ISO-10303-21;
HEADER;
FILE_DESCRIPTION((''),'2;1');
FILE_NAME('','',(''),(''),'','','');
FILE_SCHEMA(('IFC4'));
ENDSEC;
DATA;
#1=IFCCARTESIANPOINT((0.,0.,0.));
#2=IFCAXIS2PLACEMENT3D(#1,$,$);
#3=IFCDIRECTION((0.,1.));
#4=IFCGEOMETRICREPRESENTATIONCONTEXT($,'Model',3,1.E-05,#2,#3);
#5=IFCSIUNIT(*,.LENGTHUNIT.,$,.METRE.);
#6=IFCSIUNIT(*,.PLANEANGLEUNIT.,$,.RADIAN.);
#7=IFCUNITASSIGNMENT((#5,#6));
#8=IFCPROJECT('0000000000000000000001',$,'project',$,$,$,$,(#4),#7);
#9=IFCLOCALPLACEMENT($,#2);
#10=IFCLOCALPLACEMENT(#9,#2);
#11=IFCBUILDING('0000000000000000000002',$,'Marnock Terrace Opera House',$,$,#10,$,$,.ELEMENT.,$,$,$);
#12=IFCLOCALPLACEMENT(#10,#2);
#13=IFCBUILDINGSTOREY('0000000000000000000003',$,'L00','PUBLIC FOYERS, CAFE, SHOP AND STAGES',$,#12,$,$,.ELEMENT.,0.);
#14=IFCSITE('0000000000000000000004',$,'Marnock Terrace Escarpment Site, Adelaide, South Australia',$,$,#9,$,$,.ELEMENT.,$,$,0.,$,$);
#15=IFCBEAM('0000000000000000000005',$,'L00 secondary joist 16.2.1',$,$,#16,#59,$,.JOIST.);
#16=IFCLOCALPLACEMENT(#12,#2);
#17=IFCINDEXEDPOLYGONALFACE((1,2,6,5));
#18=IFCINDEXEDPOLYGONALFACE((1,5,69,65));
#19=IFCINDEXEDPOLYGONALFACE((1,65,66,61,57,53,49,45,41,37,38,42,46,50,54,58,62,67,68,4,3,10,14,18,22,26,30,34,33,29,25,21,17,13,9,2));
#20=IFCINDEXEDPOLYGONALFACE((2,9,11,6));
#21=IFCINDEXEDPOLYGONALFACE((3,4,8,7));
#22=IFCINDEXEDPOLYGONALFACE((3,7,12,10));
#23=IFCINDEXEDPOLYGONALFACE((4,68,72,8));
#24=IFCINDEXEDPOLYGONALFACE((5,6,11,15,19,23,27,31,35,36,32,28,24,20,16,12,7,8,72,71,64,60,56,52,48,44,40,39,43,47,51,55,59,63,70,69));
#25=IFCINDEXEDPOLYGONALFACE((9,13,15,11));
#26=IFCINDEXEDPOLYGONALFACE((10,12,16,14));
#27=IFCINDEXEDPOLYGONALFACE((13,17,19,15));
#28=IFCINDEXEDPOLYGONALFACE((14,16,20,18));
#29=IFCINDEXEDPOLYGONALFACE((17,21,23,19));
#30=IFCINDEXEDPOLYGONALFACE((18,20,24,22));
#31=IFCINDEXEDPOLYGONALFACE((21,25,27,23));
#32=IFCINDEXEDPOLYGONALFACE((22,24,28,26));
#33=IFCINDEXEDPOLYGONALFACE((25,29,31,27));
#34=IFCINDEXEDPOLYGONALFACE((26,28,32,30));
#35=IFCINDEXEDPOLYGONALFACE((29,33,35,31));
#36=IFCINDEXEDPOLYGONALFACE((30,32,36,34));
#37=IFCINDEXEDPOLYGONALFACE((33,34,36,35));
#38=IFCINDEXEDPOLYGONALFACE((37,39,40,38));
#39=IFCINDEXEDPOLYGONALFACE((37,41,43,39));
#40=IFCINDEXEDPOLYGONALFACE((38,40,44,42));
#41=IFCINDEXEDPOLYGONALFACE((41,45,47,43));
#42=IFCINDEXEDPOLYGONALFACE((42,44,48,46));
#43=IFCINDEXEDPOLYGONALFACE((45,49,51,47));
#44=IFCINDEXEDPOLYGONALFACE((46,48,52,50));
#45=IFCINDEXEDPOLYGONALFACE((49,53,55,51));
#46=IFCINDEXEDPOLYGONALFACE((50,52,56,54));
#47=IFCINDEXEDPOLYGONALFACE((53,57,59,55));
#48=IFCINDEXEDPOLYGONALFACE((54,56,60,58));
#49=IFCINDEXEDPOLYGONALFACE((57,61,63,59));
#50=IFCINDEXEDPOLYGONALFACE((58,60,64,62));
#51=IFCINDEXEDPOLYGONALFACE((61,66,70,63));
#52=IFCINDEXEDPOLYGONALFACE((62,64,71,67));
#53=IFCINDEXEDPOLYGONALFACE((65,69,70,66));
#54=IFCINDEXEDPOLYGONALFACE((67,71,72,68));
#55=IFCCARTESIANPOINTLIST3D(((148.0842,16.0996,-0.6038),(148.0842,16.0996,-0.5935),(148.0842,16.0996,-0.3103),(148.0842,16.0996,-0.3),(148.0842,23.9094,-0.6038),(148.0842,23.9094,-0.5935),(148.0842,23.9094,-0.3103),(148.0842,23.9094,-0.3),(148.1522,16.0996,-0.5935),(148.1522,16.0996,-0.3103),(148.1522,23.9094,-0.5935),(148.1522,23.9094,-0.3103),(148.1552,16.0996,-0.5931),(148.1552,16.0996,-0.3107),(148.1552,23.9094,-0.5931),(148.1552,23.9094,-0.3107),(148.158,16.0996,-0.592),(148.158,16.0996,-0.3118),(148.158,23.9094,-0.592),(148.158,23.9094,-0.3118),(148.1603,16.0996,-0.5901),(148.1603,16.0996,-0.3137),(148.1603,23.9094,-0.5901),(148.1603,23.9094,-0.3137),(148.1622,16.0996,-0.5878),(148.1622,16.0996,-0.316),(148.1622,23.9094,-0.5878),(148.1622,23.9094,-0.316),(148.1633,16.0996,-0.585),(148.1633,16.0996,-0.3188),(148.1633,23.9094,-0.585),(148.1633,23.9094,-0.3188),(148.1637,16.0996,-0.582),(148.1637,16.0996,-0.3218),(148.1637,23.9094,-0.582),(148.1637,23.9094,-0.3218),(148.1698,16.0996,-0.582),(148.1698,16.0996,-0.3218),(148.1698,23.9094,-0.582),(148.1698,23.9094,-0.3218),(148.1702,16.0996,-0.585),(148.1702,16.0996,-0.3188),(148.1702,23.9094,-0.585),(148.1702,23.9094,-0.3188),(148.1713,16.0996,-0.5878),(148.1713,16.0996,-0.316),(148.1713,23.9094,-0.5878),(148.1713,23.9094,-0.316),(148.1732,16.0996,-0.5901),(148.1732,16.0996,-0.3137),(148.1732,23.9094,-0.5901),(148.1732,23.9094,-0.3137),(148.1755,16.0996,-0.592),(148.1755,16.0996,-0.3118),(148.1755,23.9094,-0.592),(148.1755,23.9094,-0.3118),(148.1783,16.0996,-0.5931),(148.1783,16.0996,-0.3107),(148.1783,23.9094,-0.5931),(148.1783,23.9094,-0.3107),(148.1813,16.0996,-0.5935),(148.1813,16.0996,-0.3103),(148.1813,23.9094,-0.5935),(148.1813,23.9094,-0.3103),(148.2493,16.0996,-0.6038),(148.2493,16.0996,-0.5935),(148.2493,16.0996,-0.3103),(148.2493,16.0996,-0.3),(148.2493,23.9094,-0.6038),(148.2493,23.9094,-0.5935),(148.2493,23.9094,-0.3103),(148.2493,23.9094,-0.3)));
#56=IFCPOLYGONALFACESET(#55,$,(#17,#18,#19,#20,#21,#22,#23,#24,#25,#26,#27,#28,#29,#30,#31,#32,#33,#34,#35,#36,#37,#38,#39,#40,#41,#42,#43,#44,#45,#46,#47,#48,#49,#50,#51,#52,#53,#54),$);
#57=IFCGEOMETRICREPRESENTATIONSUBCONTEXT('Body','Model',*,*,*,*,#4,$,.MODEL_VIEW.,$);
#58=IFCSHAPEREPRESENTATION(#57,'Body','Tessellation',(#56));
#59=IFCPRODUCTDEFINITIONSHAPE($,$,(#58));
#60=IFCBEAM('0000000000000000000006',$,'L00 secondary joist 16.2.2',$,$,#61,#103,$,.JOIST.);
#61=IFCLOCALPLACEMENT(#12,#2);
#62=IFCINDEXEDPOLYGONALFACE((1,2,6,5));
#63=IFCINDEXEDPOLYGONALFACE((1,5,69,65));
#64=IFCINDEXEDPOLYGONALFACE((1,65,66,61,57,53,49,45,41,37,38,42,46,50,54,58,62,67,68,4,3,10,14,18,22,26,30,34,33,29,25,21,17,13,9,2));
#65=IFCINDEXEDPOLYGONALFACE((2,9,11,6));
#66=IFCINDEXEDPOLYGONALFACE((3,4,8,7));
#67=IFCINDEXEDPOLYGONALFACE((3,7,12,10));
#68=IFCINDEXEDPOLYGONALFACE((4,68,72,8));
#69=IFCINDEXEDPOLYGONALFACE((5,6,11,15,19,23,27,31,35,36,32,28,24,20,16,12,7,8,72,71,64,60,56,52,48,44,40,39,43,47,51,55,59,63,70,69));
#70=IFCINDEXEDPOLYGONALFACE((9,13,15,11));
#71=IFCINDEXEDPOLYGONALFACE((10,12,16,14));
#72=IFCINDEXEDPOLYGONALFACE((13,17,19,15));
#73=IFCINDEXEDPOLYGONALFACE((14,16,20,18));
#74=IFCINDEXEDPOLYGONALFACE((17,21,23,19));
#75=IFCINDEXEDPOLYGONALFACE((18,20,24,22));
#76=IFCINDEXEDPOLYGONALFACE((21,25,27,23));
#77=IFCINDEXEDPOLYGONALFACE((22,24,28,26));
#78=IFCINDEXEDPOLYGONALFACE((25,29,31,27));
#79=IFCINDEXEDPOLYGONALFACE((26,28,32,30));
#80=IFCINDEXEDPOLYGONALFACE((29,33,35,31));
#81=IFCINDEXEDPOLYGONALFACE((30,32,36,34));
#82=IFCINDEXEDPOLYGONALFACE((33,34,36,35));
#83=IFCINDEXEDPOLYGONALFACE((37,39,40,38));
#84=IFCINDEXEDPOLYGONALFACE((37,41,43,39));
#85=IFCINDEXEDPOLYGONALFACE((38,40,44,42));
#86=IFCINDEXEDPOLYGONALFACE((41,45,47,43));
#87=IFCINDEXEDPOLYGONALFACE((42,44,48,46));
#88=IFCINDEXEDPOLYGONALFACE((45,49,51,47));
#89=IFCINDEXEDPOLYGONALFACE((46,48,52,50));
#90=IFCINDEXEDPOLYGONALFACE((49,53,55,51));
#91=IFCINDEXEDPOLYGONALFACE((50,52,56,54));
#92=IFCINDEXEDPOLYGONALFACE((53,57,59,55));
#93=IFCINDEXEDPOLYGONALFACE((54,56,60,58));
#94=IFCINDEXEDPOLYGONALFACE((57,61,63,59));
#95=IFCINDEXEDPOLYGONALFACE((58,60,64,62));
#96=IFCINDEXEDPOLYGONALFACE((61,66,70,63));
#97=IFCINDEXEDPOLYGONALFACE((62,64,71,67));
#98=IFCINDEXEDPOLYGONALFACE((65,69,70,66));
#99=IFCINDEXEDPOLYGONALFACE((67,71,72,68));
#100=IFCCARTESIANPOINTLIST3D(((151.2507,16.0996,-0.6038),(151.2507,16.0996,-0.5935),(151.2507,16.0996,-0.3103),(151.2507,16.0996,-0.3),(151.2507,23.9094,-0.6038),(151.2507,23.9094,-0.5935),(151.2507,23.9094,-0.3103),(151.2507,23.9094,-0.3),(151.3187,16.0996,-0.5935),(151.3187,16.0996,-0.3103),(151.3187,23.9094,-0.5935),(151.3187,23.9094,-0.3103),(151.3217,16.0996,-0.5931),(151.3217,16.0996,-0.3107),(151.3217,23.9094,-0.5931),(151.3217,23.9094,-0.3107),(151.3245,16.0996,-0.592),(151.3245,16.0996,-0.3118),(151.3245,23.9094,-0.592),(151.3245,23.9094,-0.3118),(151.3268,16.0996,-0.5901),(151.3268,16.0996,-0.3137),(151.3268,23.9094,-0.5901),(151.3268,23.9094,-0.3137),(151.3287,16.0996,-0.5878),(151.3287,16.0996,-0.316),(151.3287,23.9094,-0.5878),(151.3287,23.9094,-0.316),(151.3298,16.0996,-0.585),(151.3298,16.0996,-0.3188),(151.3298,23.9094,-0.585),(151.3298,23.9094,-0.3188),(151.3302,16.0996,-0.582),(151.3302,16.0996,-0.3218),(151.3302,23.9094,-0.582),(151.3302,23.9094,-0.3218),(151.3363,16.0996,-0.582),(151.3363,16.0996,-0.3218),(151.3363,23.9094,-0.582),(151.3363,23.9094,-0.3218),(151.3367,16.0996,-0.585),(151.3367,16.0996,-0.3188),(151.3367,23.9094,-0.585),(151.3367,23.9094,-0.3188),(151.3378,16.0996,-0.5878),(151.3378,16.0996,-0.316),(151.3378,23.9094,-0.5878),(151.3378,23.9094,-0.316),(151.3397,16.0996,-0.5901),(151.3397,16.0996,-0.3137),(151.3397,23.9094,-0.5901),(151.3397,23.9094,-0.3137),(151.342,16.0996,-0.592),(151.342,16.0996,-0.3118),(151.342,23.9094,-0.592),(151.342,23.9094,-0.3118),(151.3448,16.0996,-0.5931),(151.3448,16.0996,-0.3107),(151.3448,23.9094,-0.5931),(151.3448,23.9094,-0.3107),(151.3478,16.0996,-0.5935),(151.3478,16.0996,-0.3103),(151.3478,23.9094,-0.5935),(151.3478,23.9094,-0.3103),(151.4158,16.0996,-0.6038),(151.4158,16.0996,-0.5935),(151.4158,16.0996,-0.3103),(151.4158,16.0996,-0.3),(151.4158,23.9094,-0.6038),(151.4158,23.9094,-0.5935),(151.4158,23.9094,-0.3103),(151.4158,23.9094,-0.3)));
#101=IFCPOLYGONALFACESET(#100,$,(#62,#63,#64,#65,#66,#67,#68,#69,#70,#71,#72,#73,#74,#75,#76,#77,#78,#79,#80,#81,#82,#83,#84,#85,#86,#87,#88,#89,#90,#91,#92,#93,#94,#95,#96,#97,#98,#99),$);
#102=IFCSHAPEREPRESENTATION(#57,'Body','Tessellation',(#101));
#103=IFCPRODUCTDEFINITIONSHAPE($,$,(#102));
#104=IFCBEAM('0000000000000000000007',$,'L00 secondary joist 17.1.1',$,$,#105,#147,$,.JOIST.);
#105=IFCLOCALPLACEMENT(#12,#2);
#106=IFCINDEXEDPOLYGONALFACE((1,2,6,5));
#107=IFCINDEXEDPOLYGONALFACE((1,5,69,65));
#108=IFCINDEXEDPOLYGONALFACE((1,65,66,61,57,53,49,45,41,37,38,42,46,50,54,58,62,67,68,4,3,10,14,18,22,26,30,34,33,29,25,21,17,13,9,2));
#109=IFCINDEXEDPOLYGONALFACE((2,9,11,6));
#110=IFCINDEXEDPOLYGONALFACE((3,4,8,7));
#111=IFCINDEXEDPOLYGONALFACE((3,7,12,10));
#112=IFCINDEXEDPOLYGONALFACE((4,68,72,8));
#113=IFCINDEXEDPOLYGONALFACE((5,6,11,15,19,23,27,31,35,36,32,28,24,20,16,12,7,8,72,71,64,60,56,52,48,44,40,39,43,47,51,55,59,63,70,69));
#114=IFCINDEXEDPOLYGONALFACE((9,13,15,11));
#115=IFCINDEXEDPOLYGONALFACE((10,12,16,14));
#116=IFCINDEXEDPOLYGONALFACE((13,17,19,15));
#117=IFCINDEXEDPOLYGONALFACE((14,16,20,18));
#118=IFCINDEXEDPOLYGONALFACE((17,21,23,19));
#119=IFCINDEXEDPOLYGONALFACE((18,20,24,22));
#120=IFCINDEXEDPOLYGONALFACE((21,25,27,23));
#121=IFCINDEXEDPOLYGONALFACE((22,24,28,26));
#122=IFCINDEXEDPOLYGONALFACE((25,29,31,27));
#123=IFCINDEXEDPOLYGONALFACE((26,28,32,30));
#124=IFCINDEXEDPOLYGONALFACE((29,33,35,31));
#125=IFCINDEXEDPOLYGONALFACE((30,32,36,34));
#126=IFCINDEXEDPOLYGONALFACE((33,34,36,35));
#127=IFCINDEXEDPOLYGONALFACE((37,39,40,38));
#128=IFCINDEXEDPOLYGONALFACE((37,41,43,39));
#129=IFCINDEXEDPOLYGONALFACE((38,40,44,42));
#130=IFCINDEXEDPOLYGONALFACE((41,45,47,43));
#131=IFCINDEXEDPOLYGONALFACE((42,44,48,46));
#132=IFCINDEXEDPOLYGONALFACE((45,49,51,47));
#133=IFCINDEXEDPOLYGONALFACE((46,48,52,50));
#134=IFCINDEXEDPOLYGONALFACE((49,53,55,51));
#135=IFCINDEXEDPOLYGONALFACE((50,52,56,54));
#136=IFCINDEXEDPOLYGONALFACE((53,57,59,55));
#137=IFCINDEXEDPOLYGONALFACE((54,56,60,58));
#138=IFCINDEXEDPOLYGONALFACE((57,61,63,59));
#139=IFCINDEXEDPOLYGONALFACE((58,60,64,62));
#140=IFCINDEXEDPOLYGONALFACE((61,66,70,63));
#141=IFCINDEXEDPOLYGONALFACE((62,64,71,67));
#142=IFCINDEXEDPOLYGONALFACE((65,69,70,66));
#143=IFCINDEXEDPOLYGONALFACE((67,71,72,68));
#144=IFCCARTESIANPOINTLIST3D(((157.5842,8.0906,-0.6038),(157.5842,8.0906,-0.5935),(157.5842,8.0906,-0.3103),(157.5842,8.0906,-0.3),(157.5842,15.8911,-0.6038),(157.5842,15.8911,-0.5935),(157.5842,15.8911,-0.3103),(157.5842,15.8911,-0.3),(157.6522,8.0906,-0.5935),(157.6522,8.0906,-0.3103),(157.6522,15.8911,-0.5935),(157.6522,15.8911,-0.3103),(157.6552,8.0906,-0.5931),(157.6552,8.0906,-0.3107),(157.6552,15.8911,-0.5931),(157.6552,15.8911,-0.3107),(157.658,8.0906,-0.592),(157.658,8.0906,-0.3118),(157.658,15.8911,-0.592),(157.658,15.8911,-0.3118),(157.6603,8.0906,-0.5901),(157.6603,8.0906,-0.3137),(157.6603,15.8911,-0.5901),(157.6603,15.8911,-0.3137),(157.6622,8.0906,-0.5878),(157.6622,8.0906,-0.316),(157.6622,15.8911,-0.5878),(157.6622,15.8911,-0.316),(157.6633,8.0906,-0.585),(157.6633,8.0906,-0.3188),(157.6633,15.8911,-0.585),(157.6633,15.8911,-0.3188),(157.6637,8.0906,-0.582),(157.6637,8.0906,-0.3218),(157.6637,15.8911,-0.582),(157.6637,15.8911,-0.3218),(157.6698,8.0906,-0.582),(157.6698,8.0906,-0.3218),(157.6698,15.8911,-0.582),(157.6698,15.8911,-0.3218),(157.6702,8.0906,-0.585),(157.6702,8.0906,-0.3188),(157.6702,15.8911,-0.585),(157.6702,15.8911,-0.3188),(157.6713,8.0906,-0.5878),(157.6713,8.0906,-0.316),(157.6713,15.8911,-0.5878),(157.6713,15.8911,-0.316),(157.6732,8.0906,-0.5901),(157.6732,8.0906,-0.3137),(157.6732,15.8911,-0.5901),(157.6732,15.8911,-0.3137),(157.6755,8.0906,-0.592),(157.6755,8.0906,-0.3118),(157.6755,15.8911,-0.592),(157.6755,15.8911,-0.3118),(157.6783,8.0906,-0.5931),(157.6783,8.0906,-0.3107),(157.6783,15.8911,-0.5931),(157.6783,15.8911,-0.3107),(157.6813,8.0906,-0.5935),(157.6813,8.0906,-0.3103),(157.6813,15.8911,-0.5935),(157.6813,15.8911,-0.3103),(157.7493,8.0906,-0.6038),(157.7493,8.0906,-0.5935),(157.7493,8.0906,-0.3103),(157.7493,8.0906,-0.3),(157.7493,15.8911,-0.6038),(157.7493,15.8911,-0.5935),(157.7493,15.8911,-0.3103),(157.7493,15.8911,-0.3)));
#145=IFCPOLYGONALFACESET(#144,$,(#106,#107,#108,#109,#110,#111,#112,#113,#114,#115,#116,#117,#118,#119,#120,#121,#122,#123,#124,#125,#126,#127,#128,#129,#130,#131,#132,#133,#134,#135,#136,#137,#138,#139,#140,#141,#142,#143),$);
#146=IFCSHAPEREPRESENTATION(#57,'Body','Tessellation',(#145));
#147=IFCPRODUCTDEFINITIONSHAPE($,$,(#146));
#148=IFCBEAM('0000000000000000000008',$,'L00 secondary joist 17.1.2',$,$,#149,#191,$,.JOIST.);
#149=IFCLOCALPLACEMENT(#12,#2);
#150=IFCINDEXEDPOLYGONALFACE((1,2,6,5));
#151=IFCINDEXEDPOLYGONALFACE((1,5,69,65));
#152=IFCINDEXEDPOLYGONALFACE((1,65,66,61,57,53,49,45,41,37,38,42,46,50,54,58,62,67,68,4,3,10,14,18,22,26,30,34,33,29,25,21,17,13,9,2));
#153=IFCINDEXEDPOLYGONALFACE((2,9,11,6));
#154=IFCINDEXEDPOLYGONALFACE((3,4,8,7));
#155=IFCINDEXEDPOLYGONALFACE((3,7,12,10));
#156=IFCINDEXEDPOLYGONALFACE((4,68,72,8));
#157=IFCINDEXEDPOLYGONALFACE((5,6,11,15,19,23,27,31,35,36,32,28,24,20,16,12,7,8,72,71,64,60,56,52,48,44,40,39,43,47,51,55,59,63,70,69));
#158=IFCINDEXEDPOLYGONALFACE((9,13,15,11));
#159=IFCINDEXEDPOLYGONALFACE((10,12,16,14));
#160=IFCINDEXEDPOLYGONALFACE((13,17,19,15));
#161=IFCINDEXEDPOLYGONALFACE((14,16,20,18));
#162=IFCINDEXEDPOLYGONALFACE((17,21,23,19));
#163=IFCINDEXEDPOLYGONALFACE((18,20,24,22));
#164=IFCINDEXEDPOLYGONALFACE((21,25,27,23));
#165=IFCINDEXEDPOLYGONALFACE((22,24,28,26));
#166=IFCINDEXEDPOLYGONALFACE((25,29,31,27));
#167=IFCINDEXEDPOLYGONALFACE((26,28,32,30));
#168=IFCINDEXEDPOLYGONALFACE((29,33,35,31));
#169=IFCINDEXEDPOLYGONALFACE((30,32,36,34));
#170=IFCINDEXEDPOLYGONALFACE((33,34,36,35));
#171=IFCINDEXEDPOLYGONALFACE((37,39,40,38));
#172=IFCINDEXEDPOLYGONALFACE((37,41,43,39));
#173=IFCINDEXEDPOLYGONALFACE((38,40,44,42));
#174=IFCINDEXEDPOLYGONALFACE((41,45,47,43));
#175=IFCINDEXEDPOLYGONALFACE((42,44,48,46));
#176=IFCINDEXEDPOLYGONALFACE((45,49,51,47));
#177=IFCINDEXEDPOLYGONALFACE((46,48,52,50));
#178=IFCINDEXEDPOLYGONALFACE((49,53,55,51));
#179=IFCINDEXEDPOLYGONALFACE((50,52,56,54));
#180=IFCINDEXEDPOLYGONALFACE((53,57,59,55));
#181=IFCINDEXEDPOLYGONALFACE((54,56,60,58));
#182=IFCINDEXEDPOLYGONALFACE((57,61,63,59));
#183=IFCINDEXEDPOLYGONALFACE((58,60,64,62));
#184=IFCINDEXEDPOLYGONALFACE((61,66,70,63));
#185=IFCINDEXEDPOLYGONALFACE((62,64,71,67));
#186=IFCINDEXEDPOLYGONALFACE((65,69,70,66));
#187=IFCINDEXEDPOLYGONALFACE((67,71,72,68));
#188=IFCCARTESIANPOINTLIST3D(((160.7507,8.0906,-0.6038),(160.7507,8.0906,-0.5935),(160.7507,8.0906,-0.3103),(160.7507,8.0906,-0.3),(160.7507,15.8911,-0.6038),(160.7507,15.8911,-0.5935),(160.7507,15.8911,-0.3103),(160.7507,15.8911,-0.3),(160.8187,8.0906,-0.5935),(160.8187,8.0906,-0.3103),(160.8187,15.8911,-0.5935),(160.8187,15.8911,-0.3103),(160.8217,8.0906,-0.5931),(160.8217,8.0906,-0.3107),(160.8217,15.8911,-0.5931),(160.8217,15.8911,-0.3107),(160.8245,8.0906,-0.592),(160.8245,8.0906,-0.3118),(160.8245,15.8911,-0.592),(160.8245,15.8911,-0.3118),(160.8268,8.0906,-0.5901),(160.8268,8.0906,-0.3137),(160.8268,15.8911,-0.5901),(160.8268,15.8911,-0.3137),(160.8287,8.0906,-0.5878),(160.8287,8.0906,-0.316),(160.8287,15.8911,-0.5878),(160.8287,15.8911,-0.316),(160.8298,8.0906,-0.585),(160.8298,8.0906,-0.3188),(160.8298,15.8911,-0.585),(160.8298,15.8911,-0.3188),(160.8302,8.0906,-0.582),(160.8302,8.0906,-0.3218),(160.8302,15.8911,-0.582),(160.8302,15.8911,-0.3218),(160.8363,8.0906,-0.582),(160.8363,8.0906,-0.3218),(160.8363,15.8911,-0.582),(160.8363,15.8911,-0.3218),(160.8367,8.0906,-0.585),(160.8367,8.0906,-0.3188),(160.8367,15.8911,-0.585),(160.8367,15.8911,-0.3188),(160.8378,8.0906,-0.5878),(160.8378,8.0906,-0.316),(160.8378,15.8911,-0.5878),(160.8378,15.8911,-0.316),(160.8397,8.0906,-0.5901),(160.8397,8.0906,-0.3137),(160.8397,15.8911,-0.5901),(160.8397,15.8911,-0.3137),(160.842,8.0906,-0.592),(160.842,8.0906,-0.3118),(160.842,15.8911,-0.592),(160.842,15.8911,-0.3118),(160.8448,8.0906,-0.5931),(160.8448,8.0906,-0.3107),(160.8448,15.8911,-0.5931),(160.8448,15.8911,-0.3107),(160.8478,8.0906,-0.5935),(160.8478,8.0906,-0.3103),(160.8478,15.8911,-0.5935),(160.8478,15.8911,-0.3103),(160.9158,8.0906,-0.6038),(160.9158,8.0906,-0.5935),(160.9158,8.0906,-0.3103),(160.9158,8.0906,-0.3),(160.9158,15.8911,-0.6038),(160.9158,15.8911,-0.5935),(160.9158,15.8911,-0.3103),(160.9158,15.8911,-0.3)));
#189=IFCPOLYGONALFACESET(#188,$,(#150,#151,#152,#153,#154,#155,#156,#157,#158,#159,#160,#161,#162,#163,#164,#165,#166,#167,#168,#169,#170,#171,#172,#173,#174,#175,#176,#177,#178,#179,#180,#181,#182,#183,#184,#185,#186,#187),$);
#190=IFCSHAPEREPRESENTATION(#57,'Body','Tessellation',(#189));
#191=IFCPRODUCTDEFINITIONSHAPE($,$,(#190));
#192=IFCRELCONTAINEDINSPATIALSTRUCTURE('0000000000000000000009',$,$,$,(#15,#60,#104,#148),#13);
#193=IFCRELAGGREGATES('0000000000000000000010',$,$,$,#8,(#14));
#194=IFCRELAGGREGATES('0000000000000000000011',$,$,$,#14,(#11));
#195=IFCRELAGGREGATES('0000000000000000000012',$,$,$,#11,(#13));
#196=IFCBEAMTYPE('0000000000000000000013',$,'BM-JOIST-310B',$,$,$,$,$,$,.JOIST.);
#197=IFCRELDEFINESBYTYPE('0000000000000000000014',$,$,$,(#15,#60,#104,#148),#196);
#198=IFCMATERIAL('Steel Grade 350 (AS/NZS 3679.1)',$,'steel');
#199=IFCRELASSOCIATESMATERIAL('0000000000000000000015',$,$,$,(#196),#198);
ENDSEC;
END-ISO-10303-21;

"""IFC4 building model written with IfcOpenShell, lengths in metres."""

from ifc_helpers import new_model, si_unit, direction, frame, origin, origin_2d, place, context, subcontext, project, spatial, i_section, extrude, material, material_profile, profile_set, type_object, element, save


model = new_model("IFC4")

# Units and contexts
model_context = context("Model", 3, precision=1e-05, world=origin(), true_north=direction((0.0, 1.0)))
body_context = subcontext(model_context, "Body", "Model", "MODEL_VIEW")
ifc_project = project(units=[si_unit("LENGTHUNIT", "METRE"), si_unit("PLANEANGLEUNIT", "RADIAN")], contexts=[model_context])

# Site, building, storey
site_placement = place(None, origin())
site = spatial("IfcSite", under=ifc_project, at=site_placement, Name="Marnock Terrace Escarpment Site, Adelaide, South Australia", CompositionType="ELEMENT", RefElevation=0.0)
building_placement = place(site_placement, origin())
building = spatial("IfcBuilding", under=site, at=building_placement, Name="Marnock Terrace Opera House", CompositionType="ELEMENT")
storey_placement = place(building_placement, origin())
storey = spatial("IfcBuildingStorey", under=building, at=storey_placement, Name="L00", Description="PUBLIC FOYERS, CAFE, SHOP AND STAGES", CompositionType="ELEMENT", Elevation=0.0)

# Beams
ifc_material_1 = material(Name="Steel Grade 350 (AS/NZS 3679.1)", Category="steel")
ifc_material_profile_1 = material_profile(ifc_material_1, i_section(OverallWidth=0.165, OverallDepth=0.3037, WebThickness=0.0061, FlangeThickness=0.0103, FilletRadius=0.0115, at=origin_2d()))
ifc_profile_set_1 = profile_set([ifc_material_profile_1], Name="Steel Grade 350 (AS/NZS 3679.1)")
beam_type_1 = type_object("IfcBeamType", Name="BM-JOIST-310B", PredefinedType="JOIST", material=ifc_profile_set_1)
for number, where, z_axis, x_axis, name in (
    (1, (148.1667, 16.0996, -0.4519), (0.0, 1.0, 0.0), (-1.0, 0.0, 0.0), "L00 secondary joist 16.2.1"),
    (2, (151.3333, 16.0996, -0.4519), (0.0, 1.0, 0.0), (-1.0, 0.0, 0.0), "L00 secondary joist 16.2.2"),
):
    element("IfcBeam", number, at=place(storey_placement, frame(where, z_axis=z_axis, x_axis=x_axis)), inside=storey, type_object=beam_type_1, Name=name, PredefinedType="JOIST", context=body_context, shape_type="SweptSolid", body=[
        extrude(i_section(OverallWidth=0.165, OverallDepth=0.3037, WebThickness=0.0061, FlangeThickness=0.0103, FilletRadius=0.0115, at=origin_2d()), origin(), (0.0, 0.0, 1.0), 7.8098),
    ])
for number, where, z_axis, x_axis, name in (
    (3, (157.6667, 8.0906, -0.4519), (0.0, 1.0, 0.0), (-1.0, 0.0, 0.0), "L00 secondary joist 17.1.1"),
    (4, (160.8333, 8.0906, -0.4519), (0.0, 1.0, 0.0), (-1.0, 0.0, 0.0), "L00 secondary joist 17.1.2"),
):
    element("IfcBeam", number, at=place(storey_placement, frame(where, z_axis=z_axis, x_axis=x_axis)), inside=storey, type_object=beam_type_1, Name=name, PredefinedType="JOIST", context=body_context, shape_type="SweptSolid", body=[
        extrude(i_section(OverallWidth=0.165, OverallDepth=0.3037, WebThickness=0.0061, FlangeThickness=0.0103, FilletRadius=0.0115, at=origin_2d()), origin(), (0.0, 0.0, 1.0), 7.8005),
    ])

save(model, "model.ifc")
